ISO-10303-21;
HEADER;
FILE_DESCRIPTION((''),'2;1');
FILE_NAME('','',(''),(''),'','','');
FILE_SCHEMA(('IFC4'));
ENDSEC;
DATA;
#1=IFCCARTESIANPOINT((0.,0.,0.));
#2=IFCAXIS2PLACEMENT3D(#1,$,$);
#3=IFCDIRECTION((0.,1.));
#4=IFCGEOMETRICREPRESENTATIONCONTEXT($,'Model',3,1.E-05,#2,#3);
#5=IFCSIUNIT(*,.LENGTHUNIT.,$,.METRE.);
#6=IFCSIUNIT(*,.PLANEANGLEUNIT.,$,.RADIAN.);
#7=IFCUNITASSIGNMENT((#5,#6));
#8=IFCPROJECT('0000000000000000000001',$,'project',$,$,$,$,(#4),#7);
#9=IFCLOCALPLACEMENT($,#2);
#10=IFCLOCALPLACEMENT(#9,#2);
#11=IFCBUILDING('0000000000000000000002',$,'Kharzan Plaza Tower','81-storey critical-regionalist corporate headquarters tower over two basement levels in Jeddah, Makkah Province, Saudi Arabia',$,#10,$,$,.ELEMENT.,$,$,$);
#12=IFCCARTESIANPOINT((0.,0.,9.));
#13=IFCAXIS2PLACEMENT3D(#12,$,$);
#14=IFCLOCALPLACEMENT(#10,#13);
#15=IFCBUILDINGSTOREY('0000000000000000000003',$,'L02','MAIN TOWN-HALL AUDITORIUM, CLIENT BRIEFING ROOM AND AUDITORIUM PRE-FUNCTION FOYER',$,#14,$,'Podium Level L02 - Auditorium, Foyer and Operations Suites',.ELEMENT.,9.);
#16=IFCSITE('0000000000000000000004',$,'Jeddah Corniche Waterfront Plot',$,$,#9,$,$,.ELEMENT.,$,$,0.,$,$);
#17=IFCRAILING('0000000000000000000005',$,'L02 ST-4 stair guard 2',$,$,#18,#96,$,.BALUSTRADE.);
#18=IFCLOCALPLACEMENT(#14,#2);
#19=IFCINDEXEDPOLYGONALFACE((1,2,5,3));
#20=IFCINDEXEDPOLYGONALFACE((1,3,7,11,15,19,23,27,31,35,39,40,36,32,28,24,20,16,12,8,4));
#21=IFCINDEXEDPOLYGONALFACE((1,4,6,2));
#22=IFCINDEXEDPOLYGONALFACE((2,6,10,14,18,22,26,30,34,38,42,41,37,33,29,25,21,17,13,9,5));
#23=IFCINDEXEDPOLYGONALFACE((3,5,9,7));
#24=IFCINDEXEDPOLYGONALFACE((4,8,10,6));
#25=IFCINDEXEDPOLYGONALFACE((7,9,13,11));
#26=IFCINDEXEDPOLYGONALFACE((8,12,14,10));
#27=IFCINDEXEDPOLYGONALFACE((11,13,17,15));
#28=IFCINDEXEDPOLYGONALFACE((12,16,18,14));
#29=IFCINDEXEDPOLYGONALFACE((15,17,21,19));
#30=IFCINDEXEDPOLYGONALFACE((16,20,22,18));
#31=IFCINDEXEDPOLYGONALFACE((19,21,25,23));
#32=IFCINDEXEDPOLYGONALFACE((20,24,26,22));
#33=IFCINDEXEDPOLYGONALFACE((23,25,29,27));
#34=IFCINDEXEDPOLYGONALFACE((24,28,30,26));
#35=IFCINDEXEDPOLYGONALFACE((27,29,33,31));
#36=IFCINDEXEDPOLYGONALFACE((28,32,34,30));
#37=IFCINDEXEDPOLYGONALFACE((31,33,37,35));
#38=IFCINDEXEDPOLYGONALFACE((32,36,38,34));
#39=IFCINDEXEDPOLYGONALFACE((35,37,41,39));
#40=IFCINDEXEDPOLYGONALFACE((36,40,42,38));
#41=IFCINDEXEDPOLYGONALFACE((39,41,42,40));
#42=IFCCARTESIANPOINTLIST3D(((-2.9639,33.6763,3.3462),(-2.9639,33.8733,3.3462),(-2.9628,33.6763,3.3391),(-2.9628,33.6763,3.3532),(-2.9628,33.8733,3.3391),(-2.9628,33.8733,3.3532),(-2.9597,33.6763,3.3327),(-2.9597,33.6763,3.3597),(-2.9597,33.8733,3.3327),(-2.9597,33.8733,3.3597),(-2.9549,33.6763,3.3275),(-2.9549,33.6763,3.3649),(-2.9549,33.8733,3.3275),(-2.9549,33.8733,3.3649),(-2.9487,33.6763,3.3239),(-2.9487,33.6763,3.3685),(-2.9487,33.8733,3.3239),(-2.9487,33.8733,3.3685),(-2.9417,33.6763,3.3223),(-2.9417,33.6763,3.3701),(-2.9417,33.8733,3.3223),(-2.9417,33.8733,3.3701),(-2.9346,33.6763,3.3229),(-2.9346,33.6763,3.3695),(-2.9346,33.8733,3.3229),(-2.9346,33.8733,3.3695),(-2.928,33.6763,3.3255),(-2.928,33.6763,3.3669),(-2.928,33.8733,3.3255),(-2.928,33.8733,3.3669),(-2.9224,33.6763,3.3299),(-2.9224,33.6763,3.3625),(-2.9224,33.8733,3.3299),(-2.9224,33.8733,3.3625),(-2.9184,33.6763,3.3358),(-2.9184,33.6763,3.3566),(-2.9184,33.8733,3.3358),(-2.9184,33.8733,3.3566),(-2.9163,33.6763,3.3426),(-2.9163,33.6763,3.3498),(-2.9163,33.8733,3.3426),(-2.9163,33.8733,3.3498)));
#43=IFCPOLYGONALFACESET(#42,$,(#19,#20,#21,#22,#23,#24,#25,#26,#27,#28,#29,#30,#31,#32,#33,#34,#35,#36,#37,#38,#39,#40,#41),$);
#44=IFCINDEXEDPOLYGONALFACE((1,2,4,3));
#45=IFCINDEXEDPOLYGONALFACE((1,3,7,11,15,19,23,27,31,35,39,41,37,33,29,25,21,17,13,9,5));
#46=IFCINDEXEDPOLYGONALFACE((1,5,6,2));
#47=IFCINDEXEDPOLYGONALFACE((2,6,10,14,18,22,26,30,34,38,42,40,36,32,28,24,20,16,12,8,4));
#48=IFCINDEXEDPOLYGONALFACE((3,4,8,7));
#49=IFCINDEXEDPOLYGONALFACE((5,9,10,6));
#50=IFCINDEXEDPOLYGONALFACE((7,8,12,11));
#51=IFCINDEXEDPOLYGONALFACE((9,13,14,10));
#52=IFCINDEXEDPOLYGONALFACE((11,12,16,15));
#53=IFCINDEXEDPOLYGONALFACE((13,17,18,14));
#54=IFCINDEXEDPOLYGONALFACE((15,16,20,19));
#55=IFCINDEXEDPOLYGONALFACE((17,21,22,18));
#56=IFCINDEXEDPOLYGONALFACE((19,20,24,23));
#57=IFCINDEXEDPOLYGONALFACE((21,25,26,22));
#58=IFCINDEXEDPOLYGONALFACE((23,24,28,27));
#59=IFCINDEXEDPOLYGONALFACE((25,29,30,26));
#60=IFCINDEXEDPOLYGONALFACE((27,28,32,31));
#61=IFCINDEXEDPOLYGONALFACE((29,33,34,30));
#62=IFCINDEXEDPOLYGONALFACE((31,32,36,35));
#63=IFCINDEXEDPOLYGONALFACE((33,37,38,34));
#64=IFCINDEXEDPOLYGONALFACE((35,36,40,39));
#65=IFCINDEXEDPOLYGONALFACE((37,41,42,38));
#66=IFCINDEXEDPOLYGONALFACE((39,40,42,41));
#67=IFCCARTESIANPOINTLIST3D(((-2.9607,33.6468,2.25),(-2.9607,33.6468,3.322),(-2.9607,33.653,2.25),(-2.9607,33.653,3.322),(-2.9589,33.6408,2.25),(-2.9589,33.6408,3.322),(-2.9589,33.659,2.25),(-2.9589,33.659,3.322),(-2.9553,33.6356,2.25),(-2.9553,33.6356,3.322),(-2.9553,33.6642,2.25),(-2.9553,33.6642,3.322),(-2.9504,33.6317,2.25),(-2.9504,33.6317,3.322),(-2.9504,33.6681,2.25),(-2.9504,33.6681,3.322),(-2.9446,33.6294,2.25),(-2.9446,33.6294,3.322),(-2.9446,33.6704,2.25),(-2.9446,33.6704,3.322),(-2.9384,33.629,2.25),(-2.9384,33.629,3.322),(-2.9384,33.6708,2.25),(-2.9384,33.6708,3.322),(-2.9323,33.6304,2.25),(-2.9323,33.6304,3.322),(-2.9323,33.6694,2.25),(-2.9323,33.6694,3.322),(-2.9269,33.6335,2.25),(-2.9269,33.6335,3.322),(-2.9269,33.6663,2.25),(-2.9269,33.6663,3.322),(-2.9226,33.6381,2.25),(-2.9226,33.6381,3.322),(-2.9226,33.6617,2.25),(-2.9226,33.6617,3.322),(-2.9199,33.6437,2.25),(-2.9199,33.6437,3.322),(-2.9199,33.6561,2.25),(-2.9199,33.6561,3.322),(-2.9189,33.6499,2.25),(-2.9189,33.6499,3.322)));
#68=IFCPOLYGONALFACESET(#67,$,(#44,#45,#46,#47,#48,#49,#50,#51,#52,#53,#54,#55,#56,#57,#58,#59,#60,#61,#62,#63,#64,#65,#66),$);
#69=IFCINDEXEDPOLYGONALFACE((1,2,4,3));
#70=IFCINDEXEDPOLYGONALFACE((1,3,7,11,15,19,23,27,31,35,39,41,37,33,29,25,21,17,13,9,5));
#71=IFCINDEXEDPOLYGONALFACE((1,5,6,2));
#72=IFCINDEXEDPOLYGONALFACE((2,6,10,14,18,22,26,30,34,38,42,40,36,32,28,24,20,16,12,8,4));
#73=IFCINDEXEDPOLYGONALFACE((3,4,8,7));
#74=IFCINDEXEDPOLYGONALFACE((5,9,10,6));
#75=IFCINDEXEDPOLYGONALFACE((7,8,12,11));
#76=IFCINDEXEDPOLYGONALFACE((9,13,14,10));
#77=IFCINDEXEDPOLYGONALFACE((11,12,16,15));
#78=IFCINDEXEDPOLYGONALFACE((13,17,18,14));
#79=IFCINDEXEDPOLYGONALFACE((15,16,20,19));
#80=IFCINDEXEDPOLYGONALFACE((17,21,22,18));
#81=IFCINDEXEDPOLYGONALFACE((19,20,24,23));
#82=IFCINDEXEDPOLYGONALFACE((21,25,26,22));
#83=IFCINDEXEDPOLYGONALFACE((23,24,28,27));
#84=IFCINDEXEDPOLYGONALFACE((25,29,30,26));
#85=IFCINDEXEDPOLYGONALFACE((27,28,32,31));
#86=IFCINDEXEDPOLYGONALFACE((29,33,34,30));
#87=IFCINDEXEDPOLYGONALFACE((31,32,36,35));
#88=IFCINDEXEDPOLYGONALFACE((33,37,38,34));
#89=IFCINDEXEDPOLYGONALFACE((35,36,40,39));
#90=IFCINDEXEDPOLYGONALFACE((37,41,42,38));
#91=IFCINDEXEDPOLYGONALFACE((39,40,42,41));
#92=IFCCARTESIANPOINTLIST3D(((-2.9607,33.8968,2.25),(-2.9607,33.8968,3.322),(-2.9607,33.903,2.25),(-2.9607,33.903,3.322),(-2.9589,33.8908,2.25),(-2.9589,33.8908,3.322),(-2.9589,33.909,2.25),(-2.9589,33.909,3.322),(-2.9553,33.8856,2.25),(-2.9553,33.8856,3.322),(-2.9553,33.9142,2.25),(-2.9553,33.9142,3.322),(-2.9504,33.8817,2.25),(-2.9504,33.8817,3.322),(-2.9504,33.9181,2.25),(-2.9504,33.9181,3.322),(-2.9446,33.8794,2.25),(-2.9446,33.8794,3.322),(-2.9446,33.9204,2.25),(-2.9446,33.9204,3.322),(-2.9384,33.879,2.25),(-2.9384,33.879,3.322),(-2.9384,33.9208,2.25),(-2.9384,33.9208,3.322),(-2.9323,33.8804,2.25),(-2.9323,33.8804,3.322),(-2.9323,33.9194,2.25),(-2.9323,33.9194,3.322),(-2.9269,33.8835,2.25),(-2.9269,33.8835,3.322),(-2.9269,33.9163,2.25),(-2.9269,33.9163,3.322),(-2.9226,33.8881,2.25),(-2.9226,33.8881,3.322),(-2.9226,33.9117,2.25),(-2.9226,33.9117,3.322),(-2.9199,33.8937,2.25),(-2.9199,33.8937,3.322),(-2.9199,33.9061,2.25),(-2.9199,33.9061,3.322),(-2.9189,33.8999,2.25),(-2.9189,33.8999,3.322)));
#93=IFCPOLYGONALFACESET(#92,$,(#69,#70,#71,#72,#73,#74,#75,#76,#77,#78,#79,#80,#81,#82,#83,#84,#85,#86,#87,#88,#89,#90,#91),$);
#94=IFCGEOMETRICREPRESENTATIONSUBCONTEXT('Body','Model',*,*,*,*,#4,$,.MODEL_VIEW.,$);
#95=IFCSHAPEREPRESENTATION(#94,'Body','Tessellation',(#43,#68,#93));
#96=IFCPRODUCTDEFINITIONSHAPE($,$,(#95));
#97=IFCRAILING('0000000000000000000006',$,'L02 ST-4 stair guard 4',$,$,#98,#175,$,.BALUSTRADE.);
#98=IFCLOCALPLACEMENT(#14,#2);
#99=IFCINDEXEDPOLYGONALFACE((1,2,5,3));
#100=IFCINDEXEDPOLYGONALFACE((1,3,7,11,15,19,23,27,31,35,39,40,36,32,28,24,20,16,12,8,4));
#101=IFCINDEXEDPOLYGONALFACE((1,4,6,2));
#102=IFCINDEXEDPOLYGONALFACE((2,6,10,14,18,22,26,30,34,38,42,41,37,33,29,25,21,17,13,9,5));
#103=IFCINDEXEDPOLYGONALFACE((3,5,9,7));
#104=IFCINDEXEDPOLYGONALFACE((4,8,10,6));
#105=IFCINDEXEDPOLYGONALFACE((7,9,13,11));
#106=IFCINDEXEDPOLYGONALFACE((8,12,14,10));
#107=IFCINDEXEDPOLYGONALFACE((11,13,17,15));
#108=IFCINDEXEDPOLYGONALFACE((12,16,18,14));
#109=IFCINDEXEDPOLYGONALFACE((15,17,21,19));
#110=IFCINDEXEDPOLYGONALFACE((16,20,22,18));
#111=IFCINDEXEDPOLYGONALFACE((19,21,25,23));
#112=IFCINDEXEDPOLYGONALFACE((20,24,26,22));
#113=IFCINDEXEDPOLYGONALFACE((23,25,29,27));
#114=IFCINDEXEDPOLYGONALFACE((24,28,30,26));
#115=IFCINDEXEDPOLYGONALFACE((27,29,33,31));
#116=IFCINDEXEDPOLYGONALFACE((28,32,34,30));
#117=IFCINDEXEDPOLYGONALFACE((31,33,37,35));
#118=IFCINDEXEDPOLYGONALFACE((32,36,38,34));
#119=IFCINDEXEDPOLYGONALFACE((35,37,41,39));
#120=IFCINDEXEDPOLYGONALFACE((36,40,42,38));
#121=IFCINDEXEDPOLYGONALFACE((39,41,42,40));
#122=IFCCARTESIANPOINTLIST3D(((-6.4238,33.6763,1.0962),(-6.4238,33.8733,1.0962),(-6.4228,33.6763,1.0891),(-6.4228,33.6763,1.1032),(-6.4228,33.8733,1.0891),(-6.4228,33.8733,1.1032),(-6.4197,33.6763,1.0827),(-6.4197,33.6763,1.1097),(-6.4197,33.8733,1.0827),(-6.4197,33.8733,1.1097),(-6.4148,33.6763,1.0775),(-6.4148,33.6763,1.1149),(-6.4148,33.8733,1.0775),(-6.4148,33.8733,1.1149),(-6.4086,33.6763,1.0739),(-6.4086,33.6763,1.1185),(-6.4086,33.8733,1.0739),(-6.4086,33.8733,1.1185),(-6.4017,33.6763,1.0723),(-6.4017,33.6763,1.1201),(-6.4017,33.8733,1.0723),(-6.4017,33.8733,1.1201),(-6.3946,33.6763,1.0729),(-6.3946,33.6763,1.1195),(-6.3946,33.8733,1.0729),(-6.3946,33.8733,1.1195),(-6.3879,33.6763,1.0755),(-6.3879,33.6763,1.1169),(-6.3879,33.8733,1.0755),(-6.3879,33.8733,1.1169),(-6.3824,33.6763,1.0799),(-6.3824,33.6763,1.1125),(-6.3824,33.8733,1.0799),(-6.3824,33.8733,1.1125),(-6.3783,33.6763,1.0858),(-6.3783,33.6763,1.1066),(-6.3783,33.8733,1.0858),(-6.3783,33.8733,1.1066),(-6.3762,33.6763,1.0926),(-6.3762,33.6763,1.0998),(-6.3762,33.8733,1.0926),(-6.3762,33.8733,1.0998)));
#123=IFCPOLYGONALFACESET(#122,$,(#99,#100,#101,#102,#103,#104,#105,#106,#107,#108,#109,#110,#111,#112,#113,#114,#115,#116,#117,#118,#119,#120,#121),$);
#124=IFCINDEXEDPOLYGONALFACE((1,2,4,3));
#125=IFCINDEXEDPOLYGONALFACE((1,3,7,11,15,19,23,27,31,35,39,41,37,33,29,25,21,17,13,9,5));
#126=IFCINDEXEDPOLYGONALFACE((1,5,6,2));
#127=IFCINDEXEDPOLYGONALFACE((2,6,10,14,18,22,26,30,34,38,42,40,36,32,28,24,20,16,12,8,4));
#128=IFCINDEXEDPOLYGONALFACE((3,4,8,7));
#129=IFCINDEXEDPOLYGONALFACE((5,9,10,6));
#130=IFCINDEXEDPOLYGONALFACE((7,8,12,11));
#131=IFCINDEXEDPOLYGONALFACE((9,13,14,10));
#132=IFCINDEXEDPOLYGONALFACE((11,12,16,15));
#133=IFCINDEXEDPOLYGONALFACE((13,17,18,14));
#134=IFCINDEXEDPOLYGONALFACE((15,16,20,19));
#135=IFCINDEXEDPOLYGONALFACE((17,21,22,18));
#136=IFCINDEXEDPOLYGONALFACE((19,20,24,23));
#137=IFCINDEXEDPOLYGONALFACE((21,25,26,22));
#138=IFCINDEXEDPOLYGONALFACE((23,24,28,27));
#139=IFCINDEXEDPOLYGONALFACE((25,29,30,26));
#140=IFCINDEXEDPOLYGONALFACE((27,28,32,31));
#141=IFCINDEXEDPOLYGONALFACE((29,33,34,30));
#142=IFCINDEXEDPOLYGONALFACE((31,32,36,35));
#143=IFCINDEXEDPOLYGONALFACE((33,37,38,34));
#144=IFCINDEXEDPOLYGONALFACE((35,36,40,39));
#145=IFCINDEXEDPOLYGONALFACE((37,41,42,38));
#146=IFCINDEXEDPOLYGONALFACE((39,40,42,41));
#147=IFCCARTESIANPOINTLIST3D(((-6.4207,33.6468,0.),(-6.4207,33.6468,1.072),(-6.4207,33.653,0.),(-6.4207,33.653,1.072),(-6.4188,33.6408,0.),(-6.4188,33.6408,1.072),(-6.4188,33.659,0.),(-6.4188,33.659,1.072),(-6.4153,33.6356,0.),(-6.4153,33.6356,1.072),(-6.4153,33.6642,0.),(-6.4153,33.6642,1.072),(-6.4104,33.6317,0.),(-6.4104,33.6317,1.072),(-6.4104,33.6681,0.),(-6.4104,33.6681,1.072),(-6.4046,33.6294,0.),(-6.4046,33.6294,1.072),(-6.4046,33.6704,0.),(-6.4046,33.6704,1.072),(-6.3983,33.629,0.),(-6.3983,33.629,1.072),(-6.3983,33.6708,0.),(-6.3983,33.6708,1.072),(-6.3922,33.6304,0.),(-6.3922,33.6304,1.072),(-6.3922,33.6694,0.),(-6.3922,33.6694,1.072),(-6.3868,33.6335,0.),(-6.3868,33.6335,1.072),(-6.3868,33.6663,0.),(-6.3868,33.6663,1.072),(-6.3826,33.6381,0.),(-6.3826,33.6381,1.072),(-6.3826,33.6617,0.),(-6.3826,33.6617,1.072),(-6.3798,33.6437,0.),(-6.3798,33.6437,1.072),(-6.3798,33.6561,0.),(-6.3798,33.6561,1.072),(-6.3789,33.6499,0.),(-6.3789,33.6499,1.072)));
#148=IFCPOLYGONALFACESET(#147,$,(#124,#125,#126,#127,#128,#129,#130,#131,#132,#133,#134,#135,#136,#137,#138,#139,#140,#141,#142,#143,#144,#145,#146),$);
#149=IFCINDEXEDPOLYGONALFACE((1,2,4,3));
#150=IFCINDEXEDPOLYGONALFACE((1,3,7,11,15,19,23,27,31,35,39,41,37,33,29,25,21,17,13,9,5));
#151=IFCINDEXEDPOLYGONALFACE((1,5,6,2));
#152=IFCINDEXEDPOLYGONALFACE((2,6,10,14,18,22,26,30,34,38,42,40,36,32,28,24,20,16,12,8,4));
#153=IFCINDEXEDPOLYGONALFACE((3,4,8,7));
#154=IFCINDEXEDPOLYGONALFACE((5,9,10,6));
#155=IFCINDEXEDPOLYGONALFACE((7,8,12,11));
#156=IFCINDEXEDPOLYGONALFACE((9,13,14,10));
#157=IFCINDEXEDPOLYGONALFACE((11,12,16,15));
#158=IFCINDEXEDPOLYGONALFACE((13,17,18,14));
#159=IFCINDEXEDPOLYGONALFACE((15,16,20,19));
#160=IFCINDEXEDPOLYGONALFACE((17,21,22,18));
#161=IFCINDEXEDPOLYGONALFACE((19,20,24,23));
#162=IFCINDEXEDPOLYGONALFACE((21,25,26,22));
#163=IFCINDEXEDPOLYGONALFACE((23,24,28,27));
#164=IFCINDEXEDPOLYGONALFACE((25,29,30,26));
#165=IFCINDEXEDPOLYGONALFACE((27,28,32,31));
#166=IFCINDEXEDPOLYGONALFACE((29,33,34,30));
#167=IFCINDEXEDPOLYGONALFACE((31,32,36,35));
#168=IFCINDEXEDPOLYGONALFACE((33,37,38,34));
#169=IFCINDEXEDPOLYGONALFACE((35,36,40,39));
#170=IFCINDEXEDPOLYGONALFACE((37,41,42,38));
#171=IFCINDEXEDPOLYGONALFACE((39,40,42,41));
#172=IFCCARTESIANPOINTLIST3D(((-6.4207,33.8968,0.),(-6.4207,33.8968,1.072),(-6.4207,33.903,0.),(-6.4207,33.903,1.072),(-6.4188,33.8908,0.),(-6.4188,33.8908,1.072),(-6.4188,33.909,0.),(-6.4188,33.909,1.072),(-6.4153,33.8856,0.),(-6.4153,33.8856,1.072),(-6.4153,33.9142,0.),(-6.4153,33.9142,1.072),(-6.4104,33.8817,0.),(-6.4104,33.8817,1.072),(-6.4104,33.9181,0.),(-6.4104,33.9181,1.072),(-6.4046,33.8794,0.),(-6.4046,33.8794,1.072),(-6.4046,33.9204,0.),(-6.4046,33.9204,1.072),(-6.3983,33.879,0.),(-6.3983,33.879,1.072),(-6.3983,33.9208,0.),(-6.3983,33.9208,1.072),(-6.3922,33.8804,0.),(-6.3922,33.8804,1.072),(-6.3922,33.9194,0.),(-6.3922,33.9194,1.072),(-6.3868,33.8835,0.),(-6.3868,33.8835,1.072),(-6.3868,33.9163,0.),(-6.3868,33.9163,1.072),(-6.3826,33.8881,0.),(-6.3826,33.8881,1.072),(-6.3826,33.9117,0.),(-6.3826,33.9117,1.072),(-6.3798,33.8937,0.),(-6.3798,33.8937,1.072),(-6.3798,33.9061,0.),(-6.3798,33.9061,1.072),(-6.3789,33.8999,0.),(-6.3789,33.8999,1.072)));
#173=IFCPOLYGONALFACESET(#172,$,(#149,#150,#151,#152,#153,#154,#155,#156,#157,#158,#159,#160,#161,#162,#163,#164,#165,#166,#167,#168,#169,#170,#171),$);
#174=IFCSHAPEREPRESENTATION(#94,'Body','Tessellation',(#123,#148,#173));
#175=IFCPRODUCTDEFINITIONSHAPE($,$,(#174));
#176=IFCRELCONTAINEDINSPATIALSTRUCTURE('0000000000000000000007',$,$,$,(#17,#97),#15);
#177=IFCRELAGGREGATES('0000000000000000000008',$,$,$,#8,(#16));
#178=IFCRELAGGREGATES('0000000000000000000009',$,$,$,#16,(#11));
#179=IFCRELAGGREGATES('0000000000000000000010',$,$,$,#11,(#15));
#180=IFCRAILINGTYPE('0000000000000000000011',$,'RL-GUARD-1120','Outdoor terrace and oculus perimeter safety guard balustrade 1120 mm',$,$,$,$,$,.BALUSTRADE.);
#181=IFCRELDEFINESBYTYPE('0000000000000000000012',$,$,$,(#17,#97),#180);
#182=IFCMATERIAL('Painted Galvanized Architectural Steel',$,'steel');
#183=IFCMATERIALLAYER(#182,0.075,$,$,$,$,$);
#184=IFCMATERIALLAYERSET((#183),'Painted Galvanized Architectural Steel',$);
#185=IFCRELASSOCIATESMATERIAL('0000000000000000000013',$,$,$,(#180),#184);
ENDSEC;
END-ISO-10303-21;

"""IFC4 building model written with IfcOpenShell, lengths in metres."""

from ifc_helpers import new_model, si_unit, direction, frame, origin, origin_2d, place, context, subcontext, project, spatial, circle, extrude, source, transform, mapped, material, layer, layer_set, type_object, element, save


model = new_model("IFC4")

# Units and contexts
model_context = context("Model", 3, precision=1e-05, world=origin(), true_north=direction((0.0, 1.0)))
body_context = subcontext(model_context, "Body", "Model", "MODEL_VIEW")
ifc_project = project(units=[si_unit("LENGTHUNIT", "METRE"), si_unit("PLANEANGLEUNIT", "RADIAN")], contexts=[model_context])

# Site, building, storey
site_placement = place(None, origin())
site = spatial("IfcSite", under=ifc_project, at=site_placement, Name="Jeddah Corniche Waterfront Plot", CompositionType="ELEMENT", RefElevation=0.0)
building_placement = place(site_placement, origin())
building = spatial("IfcBuilding", under=site, at=building_placement, Name="Kharzan Plaza Tower", Description="81-storey critical-regionalist corporate headquarters tower over two basement levels in Jeddah, Makkah Province, Saudi Arabia", CompositionType="ELEMENT")
storey_placement = place(building_placement, frame((0.0, 0.0, 9.0)))
storey = spatial("IfcBuildingStorey", under=building, at=storey_placement, Name="L02", Description="MAIN TOWN-HALL AUDITORIUM, CLIENT BRIEFING ROOM AND AUDITORIUM PRE-FUNCTION FOYER", LongName="Podium Level L02 - Auditorium, Foyer and Operations Suites", CompositionType="ELEMENT", Elevation=9.0)

# Railings
ifc_material_1 = material(Name="Painted Galvanized Architectural Steel", Category="steel")
ifc_layer_1 = layer(ifc_material_1, 0.075)
ifc_layer_set_1 = layer_set([ifc_layer_1], Name="Painted Galvanized Architectural Steel")
railing_type_1 = type_object("IfcRailingType", Name="RL-GUARD-1120", Description="Outdoor terrace and oculus perimeter safety guard balustrade 1120 mm", PredefinedType="BALUSTRADE", material=ifc_layer_set_1)
shared_shape_1 = source(origin(), body_context, "Body", "SweptSolid", [
    extrude(circle(Radius=0.0239, at=origin_2d()), frame((0.0, 0.0264, 1.0962), z_axis=(0.0, 1.0, 0.0), x_axis=(-1.0, 0.0, 0.0)), (0.0, 0.0, 1.0), 0.197),
    extrude(circle(Radius=0.021, at=origin_2d()), origin(), (0.0, 0.0, 1.0), 1.072),
    extrude(circle(Radius=0.021, at=origin_2d()), frame((0.0, 0.25, 0.0)), (0.0, 0.0, 1.0), 1.072),
])
for number, where, name in (
    (1, (-2.9399, 33.6499, 2.25), "L02 ST-4 stair guard 2"),
    (2, (-6.3999, 33.6499, 0.0), "L02 ST-4 stair guard 4"),
):
    element("IfcRailing", number, at=place(storey_placement, frame(where)), inside=storey, type_object=railing_type_1, Name=name, PredefinedType="BALUSTRADE", context=body_context, shape_type="MappedRepresentation", body=[
        mapped(shared_shape_1, transform((0.0, 0.0, 0.0), x_axis=(1.0, 0.0, 0.0), y_axis=(0.0, 1.0, 0.0), z_axis=(0.0, 0.0, 1.0))),
    ])

save(model, "model.ifc")
